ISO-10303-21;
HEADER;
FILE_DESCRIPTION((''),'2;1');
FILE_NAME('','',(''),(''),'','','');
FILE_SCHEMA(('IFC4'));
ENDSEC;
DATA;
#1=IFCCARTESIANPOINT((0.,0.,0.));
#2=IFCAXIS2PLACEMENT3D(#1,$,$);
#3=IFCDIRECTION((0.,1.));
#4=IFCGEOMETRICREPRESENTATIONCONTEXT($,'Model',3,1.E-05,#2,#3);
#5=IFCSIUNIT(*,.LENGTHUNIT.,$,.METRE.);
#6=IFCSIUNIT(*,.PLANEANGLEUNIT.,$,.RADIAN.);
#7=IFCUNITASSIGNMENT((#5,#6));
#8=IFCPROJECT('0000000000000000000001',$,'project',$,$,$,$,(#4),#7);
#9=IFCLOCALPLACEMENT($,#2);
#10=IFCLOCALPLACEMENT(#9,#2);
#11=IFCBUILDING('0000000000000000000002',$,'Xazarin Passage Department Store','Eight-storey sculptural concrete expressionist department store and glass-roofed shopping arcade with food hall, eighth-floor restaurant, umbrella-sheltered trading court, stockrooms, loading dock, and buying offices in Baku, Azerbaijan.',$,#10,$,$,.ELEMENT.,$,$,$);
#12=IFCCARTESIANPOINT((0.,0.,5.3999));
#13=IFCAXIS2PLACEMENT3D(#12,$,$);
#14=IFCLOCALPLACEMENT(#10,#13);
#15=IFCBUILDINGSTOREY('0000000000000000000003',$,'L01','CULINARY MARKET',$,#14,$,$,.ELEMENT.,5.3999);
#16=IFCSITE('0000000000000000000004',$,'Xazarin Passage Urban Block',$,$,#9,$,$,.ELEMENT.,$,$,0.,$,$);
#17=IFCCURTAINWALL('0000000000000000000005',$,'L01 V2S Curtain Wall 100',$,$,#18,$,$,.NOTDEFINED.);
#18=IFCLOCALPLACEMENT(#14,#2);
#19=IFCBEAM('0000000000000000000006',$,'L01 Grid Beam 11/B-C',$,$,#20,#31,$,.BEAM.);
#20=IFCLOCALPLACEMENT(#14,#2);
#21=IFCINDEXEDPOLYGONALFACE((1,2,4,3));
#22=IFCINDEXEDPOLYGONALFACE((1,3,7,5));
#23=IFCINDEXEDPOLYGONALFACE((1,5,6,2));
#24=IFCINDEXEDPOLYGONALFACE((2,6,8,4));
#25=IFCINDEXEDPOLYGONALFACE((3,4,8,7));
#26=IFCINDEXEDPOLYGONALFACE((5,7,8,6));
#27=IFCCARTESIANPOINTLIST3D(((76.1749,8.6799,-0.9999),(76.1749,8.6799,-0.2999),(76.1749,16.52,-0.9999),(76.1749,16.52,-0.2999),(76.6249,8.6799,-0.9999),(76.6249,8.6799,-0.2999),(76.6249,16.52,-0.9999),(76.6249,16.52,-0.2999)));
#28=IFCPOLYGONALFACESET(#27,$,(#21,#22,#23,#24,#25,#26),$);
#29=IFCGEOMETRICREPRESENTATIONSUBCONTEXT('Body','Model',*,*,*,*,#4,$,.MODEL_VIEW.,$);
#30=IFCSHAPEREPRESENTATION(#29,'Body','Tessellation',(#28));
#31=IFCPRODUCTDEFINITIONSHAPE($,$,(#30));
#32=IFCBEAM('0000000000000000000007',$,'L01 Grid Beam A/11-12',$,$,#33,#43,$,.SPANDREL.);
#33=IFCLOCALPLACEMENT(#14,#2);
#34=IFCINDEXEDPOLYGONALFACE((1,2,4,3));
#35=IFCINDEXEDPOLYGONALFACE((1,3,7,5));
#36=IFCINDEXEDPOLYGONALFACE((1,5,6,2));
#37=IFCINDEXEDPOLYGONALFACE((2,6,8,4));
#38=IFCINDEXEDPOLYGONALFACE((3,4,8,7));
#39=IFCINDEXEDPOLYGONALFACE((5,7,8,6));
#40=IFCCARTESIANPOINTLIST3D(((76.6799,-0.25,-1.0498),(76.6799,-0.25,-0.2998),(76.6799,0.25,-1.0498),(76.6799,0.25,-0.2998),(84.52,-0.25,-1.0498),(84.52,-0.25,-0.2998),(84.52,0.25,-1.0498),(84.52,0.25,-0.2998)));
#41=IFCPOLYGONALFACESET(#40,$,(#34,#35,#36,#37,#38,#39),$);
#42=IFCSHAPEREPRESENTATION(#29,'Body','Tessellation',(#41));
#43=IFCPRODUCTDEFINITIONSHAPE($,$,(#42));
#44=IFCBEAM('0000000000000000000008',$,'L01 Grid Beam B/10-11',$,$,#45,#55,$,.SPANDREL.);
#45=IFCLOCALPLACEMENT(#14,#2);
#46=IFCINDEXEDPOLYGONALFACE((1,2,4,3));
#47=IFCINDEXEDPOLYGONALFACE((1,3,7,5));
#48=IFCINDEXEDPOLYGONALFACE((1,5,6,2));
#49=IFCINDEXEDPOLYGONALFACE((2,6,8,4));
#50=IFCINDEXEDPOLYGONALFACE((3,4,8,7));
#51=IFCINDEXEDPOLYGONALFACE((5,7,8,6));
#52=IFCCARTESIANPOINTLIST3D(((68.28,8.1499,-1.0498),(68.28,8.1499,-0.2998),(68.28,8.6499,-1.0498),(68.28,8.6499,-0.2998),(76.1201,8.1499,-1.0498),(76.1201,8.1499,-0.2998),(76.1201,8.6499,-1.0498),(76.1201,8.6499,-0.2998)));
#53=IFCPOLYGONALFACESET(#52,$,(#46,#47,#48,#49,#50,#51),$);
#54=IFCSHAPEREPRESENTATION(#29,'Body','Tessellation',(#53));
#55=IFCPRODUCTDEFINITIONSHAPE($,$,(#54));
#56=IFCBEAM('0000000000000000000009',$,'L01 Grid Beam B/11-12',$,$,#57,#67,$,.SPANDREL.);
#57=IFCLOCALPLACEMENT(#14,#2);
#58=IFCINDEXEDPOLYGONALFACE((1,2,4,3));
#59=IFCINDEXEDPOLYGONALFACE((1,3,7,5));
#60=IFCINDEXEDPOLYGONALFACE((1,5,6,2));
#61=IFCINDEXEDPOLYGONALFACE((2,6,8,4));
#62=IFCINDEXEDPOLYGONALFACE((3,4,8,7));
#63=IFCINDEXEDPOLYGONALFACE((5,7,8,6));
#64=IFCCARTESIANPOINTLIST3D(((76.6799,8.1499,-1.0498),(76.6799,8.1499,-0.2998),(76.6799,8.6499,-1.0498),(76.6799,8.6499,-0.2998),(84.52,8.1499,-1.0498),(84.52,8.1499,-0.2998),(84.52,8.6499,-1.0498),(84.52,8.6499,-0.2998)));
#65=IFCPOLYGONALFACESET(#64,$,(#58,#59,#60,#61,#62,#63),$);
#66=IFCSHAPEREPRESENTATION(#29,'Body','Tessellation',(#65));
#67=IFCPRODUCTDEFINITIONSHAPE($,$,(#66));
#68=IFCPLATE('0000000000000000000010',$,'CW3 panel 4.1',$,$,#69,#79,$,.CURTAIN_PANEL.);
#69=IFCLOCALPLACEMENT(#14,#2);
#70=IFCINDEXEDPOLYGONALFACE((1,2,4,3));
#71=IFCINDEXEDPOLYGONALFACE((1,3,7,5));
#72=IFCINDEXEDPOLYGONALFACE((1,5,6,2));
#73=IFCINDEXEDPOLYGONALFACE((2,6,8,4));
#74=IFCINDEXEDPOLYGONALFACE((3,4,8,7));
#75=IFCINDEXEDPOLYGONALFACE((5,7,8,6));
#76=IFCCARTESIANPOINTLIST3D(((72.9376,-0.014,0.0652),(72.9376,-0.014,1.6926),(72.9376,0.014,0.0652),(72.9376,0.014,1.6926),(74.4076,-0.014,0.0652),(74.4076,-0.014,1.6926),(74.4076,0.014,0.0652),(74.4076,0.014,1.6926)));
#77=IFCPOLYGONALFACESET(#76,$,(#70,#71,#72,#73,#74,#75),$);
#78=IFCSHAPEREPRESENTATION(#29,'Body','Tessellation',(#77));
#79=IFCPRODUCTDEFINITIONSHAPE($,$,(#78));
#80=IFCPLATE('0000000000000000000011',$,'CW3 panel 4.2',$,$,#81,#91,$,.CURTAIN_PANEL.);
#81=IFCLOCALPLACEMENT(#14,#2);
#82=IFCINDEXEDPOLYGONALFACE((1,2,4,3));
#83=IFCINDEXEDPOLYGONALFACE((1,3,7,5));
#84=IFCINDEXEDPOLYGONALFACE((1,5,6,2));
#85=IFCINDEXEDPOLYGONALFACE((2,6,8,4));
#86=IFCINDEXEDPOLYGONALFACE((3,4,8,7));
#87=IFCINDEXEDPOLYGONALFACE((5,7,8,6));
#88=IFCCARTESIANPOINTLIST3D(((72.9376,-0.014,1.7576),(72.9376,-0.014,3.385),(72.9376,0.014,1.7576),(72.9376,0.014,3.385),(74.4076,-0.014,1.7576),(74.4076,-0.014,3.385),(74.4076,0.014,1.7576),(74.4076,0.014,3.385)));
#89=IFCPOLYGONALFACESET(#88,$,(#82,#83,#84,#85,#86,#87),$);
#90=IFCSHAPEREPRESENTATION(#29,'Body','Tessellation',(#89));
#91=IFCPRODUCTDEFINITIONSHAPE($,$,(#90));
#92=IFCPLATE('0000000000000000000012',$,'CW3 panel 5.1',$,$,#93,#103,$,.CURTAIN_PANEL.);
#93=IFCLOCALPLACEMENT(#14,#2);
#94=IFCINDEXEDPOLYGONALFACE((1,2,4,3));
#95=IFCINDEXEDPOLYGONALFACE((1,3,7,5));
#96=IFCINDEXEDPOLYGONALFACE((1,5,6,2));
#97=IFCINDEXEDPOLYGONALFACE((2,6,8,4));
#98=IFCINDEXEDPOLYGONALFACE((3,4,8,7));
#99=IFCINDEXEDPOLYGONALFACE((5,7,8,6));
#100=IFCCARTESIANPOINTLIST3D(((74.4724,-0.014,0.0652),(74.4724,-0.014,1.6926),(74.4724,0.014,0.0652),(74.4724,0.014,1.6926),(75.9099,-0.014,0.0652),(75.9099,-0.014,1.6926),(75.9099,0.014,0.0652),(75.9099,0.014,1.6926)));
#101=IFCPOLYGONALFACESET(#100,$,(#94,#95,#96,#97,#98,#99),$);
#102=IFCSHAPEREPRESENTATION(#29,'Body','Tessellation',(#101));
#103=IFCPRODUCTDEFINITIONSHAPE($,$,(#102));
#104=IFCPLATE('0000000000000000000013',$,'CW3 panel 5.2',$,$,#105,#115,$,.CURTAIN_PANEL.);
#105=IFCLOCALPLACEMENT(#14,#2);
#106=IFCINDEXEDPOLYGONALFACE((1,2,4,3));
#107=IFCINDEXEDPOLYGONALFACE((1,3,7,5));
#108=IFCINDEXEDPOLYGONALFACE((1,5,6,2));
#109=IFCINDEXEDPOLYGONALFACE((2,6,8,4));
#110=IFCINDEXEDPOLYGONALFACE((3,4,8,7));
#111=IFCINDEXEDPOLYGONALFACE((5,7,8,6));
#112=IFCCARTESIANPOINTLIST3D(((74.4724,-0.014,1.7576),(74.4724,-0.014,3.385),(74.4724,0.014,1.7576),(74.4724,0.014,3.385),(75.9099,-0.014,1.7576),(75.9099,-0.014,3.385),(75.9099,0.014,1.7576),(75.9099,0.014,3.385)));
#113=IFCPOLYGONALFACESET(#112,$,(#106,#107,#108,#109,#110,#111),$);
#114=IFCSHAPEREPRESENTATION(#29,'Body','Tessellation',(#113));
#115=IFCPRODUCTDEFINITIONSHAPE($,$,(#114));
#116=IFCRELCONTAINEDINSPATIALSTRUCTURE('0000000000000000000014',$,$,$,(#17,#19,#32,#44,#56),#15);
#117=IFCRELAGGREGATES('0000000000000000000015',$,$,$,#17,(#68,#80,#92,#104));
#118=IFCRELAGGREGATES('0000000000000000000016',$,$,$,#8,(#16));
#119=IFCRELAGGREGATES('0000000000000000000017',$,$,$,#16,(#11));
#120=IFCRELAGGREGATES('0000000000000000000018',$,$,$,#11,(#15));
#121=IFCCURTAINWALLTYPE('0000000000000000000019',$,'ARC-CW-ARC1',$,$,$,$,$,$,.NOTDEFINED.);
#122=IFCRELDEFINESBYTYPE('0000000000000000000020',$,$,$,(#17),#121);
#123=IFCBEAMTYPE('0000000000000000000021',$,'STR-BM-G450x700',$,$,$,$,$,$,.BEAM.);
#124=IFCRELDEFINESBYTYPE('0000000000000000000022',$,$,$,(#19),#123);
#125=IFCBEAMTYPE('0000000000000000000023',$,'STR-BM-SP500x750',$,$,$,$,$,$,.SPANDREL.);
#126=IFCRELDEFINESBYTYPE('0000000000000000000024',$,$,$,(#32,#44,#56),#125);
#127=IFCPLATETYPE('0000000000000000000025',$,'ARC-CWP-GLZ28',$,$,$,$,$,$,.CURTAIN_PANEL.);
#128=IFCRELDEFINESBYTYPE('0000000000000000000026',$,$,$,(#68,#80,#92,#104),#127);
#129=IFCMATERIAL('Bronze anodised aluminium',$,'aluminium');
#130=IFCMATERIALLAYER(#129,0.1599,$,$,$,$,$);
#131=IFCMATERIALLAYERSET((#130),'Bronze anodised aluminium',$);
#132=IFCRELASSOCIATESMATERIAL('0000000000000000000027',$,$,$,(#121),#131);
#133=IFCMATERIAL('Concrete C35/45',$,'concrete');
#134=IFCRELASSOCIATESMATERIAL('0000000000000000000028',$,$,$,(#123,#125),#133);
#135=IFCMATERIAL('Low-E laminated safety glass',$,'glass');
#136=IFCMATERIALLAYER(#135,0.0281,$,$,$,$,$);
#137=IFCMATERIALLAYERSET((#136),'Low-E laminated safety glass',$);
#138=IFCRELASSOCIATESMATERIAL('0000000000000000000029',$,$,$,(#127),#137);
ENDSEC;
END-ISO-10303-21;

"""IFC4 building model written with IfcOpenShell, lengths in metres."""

from ifc_helpers import new_model, si_unit, direction, frame, origin, origin_2d, place, context, subcontext, project, spatial, rectangle, extrude, material, layer, layer_set, material_profile, profile_set, type_object, element, aggregate, save


model = new_model("IFC4")

# Units and contexts
model_context = context("Model", 3, precision=1e-05, world=origin(), true_north=direction((0.0, 1.0)))
body_context = subcontext(model_context, "Body", "Model", "MODEL_VIEW")
ifc_project = project(units=[si_unit("LENGTHUNIT", "METRE"), si_unit("PLANEANGLEUNIT", "RADIAN")], contexts=[model_context])

# Site, building, storey
site_placement = place(None, origin())
site = spatial("IfcSite", under=ifc_project, at=site_placement, Name="Xazarin Passage Urban Block", CompositionType="ELEMENT", RefElevation=0.0)
building_placement = place(site_placement, origin())
building = spatial("IfcBuilding", under=site, at=building_placement, Name="Xazarin Passage Department Store", Description="Eight-storey sculptural concrete expressionist department store and glass-roofed shopping arcade with food hall, eighth-floor restaurant, umbrella-sheltered trading court, stockrooms, loading dock, and buying offices in Baku, Azerbaijan.", CompositionType="ELEMENT")
storey_placement = place(building_placement, frame((0.0, 0.0, 5.3999)))
storey = spatial("IfcBuildingStorey", under=building, at=storey_placement, Name="L01", Description="CULINARY MARKET", CompositionType="ELEMENT", Elevation=5.3999)

# Curtain wall
ifc_material_1 = material(Name="Bronze anodised aluminium", Category="aluminium")
ifc_layer_1 = layer(ifc_material_1, 0.1599)
ifc_layer_set_1 = layer_set([ifc_layer_1], Name="Bronze anodised aluminium")
curtain_wall_type = type_object("IfcCurtainWallType", Name="ARC-CW-ARC1", PredefinedType="NOTDEFINED", material=ifc_layer_set_1)
curtain_wall_placement = place(storey_placement, origin())
curtain_wall = element("IfcCurtainWall", 1, at=curtain_wall_placement, inside=storey, type_object=curtain_wall_type, Name="L01 V2S Curtain Wall 100", PredefinedType="NOTDEFINED")

# Beams
ifc_material_2 = material(Name="Concrete C35/45", Category="concrete")
ifc_material_profile_1 = material_profile(ifc_material_2, rectangle(XDim=0.45, YDim=0.7, at=origin_2d()), Name="RC 450x700")
ifc_profile_set_1 = profile_set([ifc_material_profile_1], Name="Concrete C35/45")
beam_type_1 = type_object("IfcBeamType", Name="STR-BM-G450x700", PredefinedType="BEAM", material=ifc_profile_set_1)
for number, where, z_axis, x_axis, name in (
    (2, (76.3999, 8.6799, -0.6499), (0.0, 1.0, 0.0), (-1.0, 0.0, 0.0), "L01 Grid Beam 11/B-C"),
):
    element("IfcBeam", number, at=place(storey_placement, frame(where, z_axis=z_axis, x_axis=x_axis)), inside=storey, type_object=beam_type_1, Name=name, PredefinedType="BEAM", context=body_context, shape_type="SweptSolid", body=[
        extrude(rectangle(XDim=0.45, YDim=0.7, at=origin_2d()), origin(), (0.0, 0.0, 1.0), 7.8401),
    ])
ifc_material_profile_2 = material_profile(ifc_material_2, rectangle(XDim=0.5, YDim=0.75, at=origin_2d()), Name="RC 500x750")
ifc_profile_set_2 = profile_set([ifc_material_profile_2], Name="Concrete C35/45")
beam_type_2 = type_object("IfcBeamType", Name="STR-BM-SP500x750", PredefinedType="SPANDREL", material=ifc_profile_set_2)
for number, where, z_axis, x_axis, name in (
    (3, (76.6799, 0.0, -0.6748), (1.0, 0.0, 0.0), (0.0, 1.0, 0.0), "L01 Grid Beam A/11-12"),
    (4, (68.28, 8.3999, -0.6748), (1.0, 0.0, 0.0), (0.0, 1.0, 0.0), "L01 Grid Beam B/10-11"),
    (5, (76.6799, 8.3999, -0.6748), (1.0, 0.0, 0.0), (0.0, 1.0, 0.0), "L01 Grid Beam B/11-12"),
):
    element("IfcBeam", number, at=place(storey_placement, frame(where, z_axis=z_axis, x_axis=x_axis)), inside=storey, type_object=beam_type_2, Name=name, PredefinedType="SPANDREL", context=body_context, shape_type="SweptSolid", body=[
        extrude(rectangle(XDim=0.5, YDim=0.75, at=origin_2d()), origin(), (0.0, 0.0, 1.0), 7.8401),
    ])

# Plates
ifc_material_3 = material(Name="Low-E laminated safety glass", Category="glass")
ifc_layer_2 = layer(ifc_material_3, 0.0281)
ifc_layer_set_2 = layer_set([ifc_layer_2], Name="Low-E laminated safety glass")
plate_type = type_object("IfcPlateType", Name="ARC-CWP-GLZ28", PredefinedType="CURTAIN_PANEL", material=ifc_layer_set_2)
plate_1_placement = place(storey_placement, frame((73.6726, 0.0, 0.0652), z_axis=(0.0, 0.0, 1.0), x_axis=(1.0, 0.0, 0.0)))
plate_1 = element("IfcPlate", 6, at=plate_1_placement, type_object=plate_type, Name="CW3 panel 4.1", PredefinedType="CURTAIN_PANEL", context=body_context, shape_type="SweptSolid", body=[
    extrude(rectangle(XDim=1.47, YDim=0.0281, at=origin_2d()), origin(), (0.0, 0.0, 1.0), 1.6274),
])
plate_2_placement = place(storey_placement, frame((73.6726, 0.0, 1.7576), z_axis=(0.0, 0.0, 1.0), x_axis=(1.0, 0.0, 0.0)))
plate_2 = element("IfcPlate", 7, at=plate_2_placement, type_object=plate_type, Name="CW3 panel 4.2", PredefinedType="CURTAIN_PANEL", context=body_context, shape_type="SweptSolid", body=[
    extrude(rectangle(XDim=1.47, YDim=0.0281, at=origin_2d()), origin(), (0.0, 0.0, 1.0), 1.6274),
])
plate_3_placement = place(storey_placement, frame((75.1912, 0.0, 0.0652), z_axis=(0.0, 0.0, 1.0), x_axis=(1.0, 0.0, 0.0)))
plate_3 = element("IfcPlate", 8, at=plate_3_placement, type_object=plate_type, Name="CW3 panel 5.1", PredefinedType="CURTAIN_PANEL", context=body_context, shape_type="SweptSolid", body=[
    extrude(rectangle(XDim=1.4375, YDim=0.0281, at=origin_2d()), origin(), (0.0, 0.0, 1.0), 1.6274),
])
plate_4_placement = place(storey_placement, frame((75.1912, 0.0, 1.7576), z_axis=(0.0, 0.0, 1.0), x_axis=(1.0, 0.0, 0.0)))
plate_4 = element("IfcPlate", 9, at=plate_4_placement, type_object=plate_type, Name="CW3 panel 5.2", PredefinedType="CURTAIN_PANEL", context=body_context, shape_type="SweptSolid", body=[
    extrude(rectangle(XDim=1.4375, YDim=0.0281, at=origin_2d()), origin(), (0.0, 0.0, 1.0), 1.6274),
])
aggregate(curtain_wall, [plate_1, plate_2, plate_3, plate_4])

save(model, "model.ifc")
